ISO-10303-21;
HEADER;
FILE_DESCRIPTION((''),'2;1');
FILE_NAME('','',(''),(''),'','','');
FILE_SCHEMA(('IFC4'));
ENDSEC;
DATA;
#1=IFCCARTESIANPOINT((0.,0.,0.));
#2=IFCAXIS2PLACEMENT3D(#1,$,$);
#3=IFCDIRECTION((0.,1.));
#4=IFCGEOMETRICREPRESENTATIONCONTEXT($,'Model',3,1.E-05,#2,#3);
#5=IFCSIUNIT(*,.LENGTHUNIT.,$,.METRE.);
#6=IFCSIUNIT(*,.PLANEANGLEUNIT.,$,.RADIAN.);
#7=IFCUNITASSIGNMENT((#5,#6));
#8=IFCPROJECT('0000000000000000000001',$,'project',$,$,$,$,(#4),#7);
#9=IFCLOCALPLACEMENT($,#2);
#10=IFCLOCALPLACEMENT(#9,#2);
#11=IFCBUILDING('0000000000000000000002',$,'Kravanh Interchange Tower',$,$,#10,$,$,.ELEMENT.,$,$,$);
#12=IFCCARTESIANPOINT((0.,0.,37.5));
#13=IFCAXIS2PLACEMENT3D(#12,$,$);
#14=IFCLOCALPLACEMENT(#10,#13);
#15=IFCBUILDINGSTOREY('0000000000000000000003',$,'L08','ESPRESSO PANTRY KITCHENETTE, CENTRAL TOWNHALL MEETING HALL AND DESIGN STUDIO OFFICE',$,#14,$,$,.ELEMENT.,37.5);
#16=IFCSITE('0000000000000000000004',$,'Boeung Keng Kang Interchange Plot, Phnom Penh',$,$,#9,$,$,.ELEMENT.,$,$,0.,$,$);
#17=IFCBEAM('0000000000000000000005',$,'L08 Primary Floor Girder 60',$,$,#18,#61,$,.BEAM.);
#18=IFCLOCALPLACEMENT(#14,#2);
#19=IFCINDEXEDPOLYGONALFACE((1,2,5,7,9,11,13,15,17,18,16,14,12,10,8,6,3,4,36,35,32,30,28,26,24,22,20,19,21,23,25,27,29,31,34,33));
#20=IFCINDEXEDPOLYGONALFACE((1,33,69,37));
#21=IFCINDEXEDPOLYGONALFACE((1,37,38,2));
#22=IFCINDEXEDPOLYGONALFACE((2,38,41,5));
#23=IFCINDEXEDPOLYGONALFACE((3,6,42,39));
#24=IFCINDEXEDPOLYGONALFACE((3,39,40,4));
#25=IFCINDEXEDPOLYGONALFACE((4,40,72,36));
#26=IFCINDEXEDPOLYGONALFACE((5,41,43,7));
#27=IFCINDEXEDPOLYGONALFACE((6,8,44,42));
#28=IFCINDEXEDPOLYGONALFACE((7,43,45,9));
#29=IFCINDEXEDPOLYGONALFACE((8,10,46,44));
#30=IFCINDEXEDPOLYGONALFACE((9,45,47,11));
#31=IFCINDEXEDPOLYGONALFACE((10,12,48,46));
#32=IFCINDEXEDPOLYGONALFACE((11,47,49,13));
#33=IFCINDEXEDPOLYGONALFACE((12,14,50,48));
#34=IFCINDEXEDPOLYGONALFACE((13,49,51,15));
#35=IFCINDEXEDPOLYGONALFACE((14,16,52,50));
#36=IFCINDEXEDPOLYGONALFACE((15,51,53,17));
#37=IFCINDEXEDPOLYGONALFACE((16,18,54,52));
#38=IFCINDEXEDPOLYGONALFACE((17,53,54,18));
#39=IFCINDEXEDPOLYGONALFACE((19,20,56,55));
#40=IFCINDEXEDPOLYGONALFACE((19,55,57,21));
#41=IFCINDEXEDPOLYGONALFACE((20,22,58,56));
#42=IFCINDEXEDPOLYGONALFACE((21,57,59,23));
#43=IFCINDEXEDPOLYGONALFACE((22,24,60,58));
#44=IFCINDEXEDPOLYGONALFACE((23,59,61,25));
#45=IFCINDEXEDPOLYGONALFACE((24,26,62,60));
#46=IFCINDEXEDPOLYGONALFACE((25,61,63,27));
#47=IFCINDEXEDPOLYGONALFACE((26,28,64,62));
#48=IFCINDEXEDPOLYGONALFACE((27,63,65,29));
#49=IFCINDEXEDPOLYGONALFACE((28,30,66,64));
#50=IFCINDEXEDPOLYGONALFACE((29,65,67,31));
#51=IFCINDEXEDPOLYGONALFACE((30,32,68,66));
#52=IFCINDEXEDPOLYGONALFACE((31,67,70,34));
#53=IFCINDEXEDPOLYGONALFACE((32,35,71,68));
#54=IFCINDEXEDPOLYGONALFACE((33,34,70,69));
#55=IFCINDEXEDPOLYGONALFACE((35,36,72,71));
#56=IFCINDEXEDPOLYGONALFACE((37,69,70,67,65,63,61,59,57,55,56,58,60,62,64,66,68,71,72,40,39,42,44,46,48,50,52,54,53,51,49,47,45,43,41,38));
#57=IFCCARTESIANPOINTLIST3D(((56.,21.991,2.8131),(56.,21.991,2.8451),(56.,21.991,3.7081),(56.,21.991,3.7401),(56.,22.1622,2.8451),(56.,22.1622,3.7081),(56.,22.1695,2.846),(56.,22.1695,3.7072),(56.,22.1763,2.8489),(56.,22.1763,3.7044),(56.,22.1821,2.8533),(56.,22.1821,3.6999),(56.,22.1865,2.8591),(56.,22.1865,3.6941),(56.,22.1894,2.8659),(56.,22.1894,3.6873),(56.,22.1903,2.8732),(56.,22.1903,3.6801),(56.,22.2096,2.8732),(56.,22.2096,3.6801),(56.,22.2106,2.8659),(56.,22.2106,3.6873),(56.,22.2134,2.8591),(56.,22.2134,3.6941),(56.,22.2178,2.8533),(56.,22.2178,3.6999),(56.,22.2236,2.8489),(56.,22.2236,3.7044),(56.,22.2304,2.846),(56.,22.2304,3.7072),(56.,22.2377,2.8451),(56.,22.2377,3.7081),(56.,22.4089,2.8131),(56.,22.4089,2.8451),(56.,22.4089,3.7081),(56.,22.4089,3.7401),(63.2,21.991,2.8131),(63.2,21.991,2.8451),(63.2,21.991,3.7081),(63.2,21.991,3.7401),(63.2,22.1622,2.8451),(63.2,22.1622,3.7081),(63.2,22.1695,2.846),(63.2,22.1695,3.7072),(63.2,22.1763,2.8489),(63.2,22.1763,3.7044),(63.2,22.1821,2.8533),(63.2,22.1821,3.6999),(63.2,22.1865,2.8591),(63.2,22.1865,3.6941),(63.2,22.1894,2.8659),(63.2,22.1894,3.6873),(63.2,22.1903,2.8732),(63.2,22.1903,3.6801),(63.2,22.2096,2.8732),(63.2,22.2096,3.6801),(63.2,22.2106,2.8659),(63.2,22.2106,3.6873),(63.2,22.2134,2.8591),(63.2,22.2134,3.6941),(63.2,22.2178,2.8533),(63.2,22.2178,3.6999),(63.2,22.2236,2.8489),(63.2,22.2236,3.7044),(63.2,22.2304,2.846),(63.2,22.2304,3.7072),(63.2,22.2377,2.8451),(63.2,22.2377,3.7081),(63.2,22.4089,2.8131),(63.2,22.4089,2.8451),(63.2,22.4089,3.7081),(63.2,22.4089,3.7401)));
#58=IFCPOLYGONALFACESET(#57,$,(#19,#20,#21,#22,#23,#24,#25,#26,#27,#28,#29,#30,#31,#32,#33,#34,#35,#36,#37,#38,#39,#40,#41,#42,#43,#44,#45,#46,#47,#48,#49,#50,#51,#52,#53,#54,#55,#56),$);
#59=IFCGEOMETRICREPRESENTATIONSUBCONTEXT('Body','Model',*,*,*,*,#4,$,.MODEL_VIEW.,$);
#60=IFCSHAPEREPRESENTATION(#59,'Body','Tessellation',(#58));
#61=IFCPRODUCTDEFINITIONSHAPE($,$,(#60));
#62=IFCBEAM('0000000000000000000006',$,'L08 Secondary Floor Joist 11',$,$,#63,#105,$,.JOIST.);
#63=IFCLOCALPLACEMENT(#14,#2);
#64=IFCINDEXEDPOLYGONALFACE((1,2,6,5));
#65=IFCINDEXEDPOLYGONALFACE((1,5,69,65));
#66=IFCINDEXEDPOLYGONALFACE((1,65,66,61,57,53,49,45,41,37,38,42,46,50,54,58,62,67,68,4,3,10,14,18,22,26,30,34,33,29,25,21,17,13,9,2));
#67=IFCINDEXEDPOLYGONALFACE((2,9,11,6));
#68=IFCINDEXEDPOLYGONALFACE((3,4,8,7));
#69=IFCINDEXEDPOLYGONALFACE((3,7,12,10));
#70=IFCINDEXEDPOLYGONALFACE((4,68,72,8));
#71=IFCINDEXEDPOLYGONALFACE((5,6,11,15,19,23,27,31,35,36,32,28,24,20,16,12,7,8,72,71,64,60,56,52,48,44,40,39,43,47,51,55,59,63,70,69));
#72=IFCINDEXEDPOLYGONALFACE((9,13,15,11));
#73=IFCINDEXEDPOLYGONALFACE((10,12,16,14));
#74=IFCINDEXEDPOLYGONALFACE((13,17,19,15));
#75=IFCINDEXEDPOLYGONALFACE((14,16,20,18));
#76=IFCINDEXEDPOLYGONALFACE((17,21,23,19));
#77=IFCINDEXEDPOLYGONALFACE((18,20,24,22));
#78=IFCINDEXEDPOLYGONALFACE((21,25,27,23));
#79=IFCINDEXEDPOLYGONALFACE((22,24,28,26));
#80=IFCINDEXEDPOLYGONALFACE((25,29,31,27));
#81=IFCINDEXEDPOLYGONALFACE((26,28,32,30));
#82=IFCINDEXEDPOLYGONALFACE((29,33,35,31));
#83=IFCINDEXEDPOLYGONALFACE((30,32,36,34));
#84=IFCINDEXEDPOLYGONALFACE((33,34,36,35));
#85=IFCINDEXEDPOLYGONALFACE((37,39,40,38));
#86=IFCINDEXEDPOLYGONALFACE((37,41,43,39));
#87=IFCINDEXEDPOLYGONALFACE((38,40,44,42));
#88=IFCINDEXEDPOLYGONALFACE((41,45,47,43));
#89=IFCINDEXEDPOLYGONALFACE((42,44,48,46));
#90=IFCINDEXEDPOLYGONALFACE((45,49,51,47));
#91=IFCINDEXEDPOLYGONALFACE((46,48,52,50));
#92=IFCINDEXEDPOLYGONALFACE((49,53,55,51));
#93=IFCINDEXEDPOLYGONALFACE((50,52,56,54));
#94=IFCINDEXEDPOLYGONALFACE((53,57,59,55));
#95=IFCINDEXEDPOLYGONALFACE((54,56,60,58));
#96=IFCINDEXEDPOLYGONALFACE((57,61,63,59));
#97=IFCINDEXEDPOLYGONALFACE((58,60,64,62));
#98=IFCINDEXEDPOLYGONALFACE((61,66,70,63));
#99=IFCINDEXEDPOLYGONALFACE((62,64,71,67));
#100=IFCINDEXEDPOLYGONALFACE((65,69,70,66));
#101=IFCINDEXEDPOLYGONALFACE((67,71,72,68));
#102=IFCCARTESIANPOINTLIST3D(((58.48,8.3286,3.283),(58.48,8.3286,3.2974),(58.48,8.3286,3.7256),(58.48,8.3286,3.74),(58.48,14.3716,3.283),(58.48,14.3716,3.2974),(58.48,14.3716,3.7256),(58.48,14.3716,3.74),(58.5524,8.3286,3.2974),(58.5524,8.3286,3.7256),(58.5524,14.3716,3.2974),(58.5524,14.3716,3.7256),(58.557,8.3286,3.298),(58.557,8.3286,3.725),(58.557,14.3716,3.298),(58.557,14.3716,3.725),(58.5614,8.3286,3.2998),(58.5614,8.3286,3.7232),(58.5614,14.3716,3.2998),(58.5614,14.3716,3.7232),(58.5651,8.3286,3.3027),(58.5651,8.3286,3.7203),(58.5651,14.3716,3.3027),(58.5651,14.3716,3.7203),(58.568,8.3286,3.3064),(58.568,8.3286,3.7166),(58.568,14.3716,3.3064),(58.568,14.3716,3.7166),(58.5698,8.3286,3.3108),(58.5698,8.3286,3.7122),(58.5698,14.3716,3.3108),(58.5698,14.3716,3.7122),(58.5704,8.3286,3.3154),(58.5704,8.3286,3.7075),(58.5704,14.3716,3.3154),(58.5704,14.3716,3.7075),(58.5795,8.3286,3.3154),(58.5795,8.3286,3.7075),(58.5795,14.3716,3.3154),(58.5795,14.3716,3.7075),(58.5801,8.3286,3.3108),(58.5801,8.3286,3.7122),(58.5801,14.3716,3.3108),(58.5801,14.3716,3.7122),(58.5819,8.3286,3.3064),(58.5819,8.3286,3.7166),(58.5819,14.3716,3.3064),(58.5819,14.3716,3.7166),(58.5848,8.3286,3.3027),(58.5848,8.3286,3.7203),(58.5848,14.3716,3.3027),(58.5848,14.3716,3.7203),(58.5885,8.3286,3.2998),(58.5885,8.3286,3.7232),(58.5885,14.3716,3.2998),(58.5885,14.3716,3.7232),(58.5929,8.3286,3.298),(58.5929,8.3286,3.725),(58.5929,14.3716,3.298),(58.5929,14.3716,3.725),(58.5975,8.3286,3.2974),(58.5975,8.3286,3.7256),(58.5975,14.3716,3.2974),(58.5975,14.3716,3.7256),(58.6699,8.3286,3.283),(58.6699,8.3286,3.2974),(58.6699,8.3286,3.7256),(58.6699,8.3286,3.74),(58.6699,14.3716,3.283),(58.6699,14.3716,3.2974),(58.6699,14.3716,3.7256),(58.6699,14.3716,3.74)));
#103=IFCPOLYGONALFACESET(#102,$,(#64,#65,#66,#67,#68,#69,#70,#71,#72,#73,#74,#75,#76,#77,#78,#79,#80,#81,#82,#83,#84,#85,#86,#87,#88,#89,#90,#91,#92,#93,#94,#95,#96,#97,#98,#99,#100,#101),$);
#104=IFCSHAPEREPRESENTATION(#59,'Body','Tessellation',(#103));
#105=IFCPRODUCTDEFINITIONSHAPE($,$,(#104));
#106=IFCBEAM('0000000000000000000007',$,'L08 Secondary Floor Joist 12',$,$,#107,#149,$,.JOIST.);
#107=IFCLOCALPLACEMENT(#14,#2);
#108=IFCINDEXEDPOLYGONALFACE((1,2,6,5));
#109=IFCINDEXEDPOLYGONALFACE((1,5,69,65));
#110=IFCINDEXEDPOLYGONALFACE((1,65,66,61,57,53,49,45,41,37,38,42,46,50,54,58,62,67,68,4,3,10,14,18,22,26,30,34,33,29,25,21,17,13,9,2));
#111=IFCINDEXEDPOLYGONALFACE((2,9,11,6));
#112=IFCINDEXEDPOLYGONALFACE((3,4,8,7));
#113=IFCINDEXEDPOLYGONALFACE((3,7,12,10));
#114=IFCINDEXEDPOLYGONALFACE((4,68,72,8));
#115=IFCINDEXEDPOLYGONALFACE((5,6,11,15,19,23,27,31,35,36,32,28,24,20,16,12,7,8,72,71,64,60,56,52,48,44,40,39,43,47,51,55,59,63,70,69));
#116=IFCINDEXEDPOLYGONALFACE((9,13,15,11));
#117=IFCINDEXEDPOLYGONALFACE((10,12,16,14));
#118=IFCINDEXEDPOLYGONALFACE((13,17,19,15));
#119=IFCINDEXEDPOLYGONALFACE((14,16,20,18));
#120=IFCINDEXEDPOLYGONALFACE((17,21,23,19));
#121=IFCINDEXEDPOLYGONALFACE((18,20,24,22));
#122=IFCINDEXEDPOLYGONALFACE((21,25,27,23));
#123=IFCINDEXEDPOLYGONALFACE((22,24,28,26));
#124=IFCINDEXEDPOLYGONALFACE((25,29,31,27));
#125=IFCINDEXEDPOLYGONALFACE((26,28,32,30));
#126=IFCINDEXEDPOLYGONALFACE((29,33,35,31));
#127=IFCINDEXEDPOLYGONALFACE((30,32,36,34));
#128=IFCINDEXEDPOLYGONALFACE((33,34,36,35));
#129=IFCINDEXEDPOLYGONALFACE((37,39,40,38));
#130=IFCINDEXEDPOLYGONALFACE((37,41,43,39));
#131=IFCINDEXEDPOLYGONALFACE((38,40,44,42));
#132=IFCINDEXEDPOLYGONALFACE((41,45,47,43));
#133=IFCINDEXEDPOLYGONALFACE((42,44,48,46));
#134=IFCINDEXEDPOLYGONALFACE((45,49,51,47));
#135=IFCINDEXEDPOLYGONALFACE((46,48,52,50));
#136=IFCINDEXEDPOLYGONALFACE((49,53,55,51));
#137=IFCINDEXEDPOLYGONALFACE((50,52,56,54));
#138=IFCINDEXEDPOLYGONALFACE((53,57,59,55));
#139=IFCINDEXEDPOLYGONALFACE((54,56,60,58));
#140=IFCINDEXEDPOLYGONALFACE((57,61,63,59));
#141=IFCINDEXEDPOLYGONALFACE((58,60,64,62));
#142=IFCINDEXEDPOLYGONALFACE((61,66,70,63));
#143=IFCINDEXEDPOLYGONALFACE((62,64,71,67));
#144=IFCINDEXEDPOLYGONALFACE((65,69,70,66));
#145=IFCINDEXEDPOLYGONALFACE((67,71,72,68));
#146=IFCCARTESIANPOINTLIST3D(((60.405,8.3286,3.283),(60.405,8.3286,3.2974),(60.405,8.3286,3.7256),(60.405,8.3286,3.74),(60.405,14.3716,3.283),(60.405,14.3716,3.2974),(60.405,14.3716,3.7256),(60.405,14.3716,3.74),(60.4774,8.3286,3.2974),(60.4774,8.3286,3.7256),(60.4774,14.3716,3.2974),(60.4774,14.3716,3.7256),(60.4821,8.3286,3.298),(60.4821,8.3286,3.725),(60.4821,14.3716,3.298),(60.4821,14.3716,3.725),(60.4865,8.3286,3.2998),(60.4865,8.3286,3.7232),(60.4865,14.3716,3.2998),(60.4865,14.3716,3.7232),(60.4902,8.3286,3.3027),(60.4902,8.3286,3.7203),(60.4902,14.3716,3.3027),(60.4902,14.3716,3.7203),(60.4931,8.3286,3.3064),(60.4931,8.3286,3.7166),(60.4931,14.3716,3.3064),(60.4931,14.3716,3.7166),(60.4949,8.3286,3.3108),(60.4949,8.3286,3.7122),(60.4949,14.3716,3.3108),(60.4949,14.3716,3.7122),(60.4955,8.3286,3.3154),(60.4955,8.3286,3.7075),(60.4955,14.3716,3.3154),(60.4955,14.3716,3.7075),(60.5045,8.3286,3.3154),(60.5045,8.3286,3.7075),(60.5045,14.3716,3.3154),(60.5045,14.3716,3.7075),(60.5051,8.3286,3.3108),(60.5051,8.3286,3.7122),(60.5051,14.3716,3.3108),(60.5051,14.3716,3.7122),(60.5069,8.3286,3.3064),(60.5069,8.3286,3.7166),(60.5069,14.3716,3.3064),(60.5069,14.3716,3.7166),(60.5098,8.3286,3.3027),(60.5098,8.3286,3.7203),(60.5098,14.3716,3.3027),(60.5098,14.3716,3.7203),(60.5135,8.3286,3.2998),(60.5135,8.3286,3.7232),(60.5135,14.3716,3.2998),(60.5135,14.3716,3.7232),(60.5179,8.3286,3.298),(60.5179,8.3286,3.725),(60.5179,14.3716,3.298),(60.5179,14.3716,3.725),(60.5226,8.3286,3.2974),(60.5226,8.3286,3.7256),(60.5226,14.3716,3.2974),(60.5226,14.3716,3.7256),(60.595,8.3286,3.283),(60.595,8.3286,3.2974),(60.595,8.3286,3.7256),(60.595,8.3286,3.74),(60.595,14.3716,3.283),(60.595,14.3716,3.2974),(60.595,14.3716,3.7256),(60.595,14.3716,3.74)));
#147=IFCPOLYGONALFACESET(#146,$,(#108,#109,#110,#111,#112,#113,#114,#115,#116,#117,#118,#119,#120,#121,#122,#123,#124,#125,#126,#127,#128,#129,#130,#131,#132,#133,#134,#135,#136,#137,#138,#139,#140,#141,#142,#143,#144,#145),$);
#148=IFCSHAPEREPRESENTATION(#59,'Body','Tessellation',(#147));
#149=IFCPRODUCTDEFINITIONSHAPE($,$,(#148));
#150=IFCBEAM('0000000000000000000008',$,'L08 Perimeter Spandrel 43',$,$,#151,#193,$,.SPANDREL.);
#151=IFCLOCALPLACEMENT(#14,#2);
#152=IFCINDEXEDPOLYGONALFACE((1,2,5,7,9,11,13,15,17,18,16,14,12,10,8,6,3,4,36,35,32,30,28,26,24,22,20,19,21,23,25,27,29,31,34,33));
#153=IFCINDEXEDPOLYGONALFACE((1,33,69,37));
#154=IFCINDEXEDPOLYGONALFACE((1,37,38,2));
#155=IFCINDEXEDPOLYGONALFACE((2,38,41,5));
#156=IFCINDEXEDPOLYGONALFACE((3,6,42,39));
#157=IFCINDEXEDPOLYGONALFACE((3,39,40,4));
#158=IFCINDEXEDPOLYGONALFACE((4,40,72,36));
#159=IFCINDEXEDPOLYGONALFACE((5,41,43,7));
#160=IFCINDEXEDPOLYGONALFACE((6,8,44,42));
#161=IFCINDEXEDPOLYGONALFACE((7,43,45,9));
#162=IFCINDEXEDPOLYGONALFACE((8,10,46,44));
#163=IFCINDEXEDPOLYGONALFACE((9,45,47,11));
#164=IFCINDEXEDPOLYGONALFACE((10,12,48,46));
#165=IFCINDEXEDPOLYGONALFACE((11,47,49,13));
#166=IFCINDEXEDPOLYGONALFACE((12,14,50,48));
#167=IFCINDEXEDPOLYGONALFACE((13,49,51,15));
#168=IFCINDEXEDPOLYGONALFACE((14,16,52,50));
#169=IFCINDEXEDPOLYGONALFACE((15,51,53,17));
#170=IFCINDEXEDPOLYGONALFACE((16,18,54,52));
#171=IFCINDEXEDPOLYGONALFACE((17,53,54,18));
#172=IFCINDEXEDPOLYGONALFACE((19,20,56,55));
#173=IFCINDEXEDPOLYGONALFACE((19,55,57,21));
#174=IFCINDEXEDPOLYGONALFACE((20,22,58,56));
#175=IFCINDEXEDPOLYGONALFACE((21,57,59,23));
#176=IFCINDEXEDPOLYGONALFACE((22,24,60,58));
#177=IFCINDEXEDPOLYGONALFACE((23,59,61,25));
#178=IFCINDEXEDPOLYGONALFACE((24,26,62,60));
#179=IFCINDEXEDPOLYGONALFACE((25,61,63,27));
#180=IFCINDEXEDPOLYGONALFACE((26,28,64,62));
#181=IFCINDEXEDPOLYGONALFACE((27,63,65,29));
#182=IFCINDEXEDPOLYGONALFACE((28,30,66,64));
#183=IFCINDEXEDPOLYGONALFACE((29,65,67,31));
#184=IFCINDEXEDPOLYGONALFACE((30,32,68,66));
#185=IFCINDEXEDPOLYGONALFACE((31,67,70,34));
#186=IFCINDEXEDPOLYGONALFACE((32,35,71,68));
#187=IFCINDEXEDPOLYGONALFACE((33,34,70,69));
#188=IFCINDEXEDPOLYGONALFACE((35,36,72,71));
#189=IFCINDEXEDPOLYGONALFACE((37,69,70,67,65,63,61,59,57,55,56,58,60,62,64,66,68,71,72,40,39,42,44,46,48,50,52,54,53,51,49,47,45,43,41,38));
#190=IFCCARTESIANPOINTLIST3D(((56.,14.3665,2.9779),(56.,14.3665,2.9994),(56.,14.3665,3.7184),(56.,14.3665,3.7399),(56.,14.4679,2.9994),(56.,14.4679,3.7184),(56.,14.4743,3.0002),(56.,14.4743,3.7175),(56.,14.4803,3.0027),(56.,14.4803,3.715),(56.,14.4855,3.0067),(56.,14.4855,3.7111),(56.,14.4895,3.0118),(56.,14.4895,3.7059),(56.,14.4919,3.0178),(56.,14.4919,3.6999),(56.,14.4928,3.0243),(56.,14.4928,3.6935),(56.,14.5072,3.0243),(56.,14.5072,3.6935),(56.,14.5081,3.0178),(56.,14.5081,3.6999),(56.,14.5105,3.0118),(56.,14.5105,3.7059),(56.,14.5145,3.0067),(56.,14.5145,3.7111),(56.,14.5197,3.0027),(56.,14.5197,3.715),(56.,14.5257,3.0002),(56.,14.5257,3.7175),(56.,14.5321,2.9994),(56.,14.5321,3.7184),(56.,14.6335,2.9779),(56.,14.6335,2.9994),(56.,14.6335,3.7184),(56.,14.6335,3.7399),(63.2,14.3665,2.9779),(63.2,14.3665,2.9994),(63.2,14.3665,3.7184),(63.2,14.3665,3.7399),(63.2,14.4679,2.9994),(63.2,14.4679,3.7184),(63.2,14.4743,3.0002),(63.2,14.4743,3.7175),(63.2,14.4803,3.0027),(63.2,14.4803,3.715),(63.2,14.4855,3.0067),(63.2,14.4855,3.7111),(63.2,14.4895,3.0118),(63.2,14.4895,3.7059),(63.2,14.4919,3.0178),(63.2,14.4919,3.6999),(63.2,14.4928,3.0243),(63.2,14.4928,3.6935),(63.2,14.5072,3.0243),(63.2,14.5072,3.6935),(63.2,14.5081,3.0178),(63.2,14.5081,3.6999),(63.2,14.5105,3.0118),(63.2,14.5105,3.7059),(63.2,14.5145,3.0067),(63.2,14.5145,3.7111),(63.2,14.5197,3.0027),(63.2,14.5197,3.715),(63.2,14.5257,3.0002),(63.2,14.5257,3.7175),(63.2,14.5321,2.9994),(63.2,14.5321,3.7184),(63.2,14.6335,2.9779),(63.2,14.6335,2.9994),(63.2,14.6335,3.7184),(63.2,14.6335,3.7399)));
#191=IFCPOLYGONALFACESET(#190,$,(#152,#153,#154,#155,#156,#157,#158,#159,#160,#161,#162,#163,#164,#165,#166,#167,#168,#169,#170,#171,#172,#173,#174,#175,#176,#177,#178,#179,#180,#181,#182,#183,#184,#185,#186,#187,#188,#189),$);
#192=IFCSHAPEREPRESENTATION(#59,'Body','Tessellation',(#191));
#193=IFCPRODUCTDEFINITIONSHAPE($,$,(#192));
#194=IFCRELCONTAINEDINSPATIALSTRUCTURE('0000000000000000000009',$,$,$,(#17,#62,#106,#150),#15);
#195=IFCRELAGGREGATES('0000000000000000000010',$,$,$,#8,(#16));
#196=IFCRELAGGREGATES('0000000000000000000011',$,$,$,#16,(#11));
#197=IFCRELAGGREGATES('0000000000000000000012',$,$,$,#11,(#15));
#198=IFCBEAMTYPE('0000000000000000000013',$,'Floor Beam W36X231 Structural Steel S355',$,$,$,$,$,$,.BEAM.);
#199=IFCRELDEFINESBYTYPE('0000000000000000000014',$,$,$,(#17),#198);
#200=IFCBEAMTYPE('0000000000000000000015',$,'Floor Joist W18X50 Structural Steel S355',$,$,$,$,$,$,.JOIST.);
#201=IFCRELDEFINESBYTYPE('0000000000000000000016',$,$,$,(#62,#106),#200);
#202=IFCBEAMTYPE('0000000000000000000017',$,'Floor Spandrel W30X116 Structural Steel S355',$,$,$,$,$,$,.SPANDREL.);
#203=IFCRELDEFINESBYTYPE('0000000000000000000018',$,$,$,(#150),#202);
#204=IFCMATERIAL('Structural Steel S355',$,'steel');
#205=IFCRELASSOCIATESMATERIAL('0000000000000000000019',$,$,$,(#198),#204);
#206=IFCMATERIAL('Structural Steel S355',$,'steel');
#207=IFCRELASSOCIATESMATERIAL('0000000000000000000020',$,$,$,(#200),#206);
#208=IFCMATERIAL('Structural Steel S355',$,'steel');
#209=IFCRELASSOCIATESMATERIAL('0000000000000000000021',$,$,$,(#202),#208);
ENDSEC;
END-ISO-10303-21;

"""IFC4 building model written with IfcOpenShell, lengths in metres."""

from ifc_helpers import new_model, si_unit, direction, frame, origin, origin_2d, place, context, subcontext, project, spatial, i_section, extrude, material, material_profile, profile_set, type_object, element, save


model = new_model("IFC4")

# Units and contexts
model_context = context("Model", 3, precision=1e-05, world=origin(), true_north=direction((0.0, 1.0)))
body_context = subcontext(model_context, "Body", "Model", "MODEL_VIEW")
ifc_project = project(units=[si_unit("LENGTHUNIT", "METRE"), si_unit("PLANEANGLEUNIT", "RADIAN")], contexts=[model_context])

# Site, building, storey
site_placement = place(None, origin())
site = spatial("IfcSite", under=ifc_project, at=site_placement, Name="Boeung Keng Kang Interchange Plot, Phnom Penh", CompositionType="ELEMENT", RefElevation=0.0)
building_placement = place(site_placement, origin())
building = spatial("IfcBuilding", under=site, at=building_placement, Name="Kravanh Interchange Tower", CompositionType="ELEMENT")
storey_placement = place(building_placement, frame((0.0, 0.0, 37.5)))
storey = spatial("IfcBuildingStorey", under=building, at=storey_placement, Name="L08", Description="ESPRESSO PANTRY KITCHENETTE, CENTRAL TOWNHALL MEETING HALL AND DESIGN STUDIO OFFICE", CompositionType="ELEMENT", Elevation=37.5)

# Beams
ifc_material_1 = material(Name="Structural Steel S355", Category="steel")
ifc_material_profile_1 = material_profile(ifc_material_1, i_section(OverallWidth=0.418, OverallDepth=0.927, WebThickness=0.0193, FlangeThickness=0.032, FilletRadius=0.0281, at=origin_2d()), Name="W36X231")
ifc_profile_set_1 = profile_set([ifc_material_profile_1], Name="Structural Steel S355")
beam_type_1 = type_object("IfcBeamType", Name="Floor Beam W36X231 Structural Steel S355", PredefinedType="BEAM", material=ifc_profile_set_1)
beam_1_placement = place(storey_placement, frame((56.0, 22.2, 3.2766), z_axis=(1.0, 0.0, 0.0), x_axis=(0.0, 1.0, 0.0)))
element("IfcBeam", 1, at=beam_1_placement, inside=storey, type_object=beam_type_1, Name="L08 Primary Floor Girder 60", PredefinedType="BEAM", context=body_context, shape_type="SweptSolid", body=[
    extrude(i_section(OverallWidth=0.418, OverallDepth=0.927, WebThickness=0.0193, FlangeThickness=0.032, FilletRadius=0.0281, at=origin_2d()), origin(), (0.0, 0.0, 1.0), 7.2),
])
ifc_material_2 = material(Name="Structural Steel S355", Category="steel")
ifc_material_profile_2 = material_profile(ifc_material_2, i_section(OverallWidth=0.1899, OverallDepth=0.457, WebThickness=0.009, FlangeThickness=0.0144, FilletRadius=0.0181, at=origin_2d()), Name="W18X50")
ifc_profile_set_2 = profile_set([ifc_material_profile_2], Name="Structural Steel S355")
beam_type_2 = type_object("IfcBeamType", Name="Floor Joist W18X50 Structural Steel S355", PredefinedType="JOIST", material=ifc_profile_set_2)
for number, where, z_axis, x_axis, name in (
    (2, (58.575, 8.3286, 3.5115), (0.0, 1.0, 0.0), (-1.0, 0.0, 0.0), "L08 Secondary Floor Joist 11"),
    (3, (60.5, 8.3286, 3.5115), (0.0, 1.0, 0.0), (-1.0, 0.0, 0.0), "L08 Secondary Floor Joist 12"),
):
    element("IfcBeam", number, at=place(storey_placement, frame(where, z_axis=z_axis, x_axis=x_axis)), inside=storey, type_object=beam_type_2, Name=name, PredefinedType="JOIST", context=body_context, shape_type="SweptSolid", body=[
        extrude(i_section(OverallWidth=0.1899, OverallDepth=0.457, WebThickness=0.009, FlangeThickness=0.0144, FilletRadius=0.0181, at=origin_2d()), origin(), (0.0, 0.0, 1.0), 6.043),
    ])
ifc_material_3 = material(Name="Structural Steel S355", Category="steel")
ifc_material_profile_3 = material_profile(ifc_material_3, i_section(OverallWidth=0.2671, OverallDepth=0.762, WebThickness=0.0144, FlangeThickness=0.0215, FilletRadius=0.0249, at=origin_2d()), Name="W30X116")
ifc_profile_set_3 = profile_set([ifc_material_profile_3], Name="Structural Steel S355")
beam_type_3 = type_object("IfcBeamType", Name="Floor Spandrel W30X116 Structural Steel S355", PredefinedType="SPANDREL", material=ifc_profile_set_3)
beam_2_placement = place(storey_placement, frame((56.0, 14.5, 3.3589), z_axis=(1.0, 0.0, 0.0), x_axis=(0.0, 1.0, 0.0)))
element("IfcBeam", 4, at=beam_2_placement, inside=storey, type_object=beam_type_3, Name="L08 Perimeter Spandrel 43", PredefinedType="SPANDREL", context=body_context, shape_type="SweptSolid", body=[
    extrude(i_section(OverallWidth=0.2671, OverallDepth=0.762, WebThickness=0.0144, FlangeThickness=0.0215, FilletRadius=0.0249, at=origin_2d()), origin(), (0.0, 0.0, 1.0), 7.2),
])

save(model, "model.ifc")
